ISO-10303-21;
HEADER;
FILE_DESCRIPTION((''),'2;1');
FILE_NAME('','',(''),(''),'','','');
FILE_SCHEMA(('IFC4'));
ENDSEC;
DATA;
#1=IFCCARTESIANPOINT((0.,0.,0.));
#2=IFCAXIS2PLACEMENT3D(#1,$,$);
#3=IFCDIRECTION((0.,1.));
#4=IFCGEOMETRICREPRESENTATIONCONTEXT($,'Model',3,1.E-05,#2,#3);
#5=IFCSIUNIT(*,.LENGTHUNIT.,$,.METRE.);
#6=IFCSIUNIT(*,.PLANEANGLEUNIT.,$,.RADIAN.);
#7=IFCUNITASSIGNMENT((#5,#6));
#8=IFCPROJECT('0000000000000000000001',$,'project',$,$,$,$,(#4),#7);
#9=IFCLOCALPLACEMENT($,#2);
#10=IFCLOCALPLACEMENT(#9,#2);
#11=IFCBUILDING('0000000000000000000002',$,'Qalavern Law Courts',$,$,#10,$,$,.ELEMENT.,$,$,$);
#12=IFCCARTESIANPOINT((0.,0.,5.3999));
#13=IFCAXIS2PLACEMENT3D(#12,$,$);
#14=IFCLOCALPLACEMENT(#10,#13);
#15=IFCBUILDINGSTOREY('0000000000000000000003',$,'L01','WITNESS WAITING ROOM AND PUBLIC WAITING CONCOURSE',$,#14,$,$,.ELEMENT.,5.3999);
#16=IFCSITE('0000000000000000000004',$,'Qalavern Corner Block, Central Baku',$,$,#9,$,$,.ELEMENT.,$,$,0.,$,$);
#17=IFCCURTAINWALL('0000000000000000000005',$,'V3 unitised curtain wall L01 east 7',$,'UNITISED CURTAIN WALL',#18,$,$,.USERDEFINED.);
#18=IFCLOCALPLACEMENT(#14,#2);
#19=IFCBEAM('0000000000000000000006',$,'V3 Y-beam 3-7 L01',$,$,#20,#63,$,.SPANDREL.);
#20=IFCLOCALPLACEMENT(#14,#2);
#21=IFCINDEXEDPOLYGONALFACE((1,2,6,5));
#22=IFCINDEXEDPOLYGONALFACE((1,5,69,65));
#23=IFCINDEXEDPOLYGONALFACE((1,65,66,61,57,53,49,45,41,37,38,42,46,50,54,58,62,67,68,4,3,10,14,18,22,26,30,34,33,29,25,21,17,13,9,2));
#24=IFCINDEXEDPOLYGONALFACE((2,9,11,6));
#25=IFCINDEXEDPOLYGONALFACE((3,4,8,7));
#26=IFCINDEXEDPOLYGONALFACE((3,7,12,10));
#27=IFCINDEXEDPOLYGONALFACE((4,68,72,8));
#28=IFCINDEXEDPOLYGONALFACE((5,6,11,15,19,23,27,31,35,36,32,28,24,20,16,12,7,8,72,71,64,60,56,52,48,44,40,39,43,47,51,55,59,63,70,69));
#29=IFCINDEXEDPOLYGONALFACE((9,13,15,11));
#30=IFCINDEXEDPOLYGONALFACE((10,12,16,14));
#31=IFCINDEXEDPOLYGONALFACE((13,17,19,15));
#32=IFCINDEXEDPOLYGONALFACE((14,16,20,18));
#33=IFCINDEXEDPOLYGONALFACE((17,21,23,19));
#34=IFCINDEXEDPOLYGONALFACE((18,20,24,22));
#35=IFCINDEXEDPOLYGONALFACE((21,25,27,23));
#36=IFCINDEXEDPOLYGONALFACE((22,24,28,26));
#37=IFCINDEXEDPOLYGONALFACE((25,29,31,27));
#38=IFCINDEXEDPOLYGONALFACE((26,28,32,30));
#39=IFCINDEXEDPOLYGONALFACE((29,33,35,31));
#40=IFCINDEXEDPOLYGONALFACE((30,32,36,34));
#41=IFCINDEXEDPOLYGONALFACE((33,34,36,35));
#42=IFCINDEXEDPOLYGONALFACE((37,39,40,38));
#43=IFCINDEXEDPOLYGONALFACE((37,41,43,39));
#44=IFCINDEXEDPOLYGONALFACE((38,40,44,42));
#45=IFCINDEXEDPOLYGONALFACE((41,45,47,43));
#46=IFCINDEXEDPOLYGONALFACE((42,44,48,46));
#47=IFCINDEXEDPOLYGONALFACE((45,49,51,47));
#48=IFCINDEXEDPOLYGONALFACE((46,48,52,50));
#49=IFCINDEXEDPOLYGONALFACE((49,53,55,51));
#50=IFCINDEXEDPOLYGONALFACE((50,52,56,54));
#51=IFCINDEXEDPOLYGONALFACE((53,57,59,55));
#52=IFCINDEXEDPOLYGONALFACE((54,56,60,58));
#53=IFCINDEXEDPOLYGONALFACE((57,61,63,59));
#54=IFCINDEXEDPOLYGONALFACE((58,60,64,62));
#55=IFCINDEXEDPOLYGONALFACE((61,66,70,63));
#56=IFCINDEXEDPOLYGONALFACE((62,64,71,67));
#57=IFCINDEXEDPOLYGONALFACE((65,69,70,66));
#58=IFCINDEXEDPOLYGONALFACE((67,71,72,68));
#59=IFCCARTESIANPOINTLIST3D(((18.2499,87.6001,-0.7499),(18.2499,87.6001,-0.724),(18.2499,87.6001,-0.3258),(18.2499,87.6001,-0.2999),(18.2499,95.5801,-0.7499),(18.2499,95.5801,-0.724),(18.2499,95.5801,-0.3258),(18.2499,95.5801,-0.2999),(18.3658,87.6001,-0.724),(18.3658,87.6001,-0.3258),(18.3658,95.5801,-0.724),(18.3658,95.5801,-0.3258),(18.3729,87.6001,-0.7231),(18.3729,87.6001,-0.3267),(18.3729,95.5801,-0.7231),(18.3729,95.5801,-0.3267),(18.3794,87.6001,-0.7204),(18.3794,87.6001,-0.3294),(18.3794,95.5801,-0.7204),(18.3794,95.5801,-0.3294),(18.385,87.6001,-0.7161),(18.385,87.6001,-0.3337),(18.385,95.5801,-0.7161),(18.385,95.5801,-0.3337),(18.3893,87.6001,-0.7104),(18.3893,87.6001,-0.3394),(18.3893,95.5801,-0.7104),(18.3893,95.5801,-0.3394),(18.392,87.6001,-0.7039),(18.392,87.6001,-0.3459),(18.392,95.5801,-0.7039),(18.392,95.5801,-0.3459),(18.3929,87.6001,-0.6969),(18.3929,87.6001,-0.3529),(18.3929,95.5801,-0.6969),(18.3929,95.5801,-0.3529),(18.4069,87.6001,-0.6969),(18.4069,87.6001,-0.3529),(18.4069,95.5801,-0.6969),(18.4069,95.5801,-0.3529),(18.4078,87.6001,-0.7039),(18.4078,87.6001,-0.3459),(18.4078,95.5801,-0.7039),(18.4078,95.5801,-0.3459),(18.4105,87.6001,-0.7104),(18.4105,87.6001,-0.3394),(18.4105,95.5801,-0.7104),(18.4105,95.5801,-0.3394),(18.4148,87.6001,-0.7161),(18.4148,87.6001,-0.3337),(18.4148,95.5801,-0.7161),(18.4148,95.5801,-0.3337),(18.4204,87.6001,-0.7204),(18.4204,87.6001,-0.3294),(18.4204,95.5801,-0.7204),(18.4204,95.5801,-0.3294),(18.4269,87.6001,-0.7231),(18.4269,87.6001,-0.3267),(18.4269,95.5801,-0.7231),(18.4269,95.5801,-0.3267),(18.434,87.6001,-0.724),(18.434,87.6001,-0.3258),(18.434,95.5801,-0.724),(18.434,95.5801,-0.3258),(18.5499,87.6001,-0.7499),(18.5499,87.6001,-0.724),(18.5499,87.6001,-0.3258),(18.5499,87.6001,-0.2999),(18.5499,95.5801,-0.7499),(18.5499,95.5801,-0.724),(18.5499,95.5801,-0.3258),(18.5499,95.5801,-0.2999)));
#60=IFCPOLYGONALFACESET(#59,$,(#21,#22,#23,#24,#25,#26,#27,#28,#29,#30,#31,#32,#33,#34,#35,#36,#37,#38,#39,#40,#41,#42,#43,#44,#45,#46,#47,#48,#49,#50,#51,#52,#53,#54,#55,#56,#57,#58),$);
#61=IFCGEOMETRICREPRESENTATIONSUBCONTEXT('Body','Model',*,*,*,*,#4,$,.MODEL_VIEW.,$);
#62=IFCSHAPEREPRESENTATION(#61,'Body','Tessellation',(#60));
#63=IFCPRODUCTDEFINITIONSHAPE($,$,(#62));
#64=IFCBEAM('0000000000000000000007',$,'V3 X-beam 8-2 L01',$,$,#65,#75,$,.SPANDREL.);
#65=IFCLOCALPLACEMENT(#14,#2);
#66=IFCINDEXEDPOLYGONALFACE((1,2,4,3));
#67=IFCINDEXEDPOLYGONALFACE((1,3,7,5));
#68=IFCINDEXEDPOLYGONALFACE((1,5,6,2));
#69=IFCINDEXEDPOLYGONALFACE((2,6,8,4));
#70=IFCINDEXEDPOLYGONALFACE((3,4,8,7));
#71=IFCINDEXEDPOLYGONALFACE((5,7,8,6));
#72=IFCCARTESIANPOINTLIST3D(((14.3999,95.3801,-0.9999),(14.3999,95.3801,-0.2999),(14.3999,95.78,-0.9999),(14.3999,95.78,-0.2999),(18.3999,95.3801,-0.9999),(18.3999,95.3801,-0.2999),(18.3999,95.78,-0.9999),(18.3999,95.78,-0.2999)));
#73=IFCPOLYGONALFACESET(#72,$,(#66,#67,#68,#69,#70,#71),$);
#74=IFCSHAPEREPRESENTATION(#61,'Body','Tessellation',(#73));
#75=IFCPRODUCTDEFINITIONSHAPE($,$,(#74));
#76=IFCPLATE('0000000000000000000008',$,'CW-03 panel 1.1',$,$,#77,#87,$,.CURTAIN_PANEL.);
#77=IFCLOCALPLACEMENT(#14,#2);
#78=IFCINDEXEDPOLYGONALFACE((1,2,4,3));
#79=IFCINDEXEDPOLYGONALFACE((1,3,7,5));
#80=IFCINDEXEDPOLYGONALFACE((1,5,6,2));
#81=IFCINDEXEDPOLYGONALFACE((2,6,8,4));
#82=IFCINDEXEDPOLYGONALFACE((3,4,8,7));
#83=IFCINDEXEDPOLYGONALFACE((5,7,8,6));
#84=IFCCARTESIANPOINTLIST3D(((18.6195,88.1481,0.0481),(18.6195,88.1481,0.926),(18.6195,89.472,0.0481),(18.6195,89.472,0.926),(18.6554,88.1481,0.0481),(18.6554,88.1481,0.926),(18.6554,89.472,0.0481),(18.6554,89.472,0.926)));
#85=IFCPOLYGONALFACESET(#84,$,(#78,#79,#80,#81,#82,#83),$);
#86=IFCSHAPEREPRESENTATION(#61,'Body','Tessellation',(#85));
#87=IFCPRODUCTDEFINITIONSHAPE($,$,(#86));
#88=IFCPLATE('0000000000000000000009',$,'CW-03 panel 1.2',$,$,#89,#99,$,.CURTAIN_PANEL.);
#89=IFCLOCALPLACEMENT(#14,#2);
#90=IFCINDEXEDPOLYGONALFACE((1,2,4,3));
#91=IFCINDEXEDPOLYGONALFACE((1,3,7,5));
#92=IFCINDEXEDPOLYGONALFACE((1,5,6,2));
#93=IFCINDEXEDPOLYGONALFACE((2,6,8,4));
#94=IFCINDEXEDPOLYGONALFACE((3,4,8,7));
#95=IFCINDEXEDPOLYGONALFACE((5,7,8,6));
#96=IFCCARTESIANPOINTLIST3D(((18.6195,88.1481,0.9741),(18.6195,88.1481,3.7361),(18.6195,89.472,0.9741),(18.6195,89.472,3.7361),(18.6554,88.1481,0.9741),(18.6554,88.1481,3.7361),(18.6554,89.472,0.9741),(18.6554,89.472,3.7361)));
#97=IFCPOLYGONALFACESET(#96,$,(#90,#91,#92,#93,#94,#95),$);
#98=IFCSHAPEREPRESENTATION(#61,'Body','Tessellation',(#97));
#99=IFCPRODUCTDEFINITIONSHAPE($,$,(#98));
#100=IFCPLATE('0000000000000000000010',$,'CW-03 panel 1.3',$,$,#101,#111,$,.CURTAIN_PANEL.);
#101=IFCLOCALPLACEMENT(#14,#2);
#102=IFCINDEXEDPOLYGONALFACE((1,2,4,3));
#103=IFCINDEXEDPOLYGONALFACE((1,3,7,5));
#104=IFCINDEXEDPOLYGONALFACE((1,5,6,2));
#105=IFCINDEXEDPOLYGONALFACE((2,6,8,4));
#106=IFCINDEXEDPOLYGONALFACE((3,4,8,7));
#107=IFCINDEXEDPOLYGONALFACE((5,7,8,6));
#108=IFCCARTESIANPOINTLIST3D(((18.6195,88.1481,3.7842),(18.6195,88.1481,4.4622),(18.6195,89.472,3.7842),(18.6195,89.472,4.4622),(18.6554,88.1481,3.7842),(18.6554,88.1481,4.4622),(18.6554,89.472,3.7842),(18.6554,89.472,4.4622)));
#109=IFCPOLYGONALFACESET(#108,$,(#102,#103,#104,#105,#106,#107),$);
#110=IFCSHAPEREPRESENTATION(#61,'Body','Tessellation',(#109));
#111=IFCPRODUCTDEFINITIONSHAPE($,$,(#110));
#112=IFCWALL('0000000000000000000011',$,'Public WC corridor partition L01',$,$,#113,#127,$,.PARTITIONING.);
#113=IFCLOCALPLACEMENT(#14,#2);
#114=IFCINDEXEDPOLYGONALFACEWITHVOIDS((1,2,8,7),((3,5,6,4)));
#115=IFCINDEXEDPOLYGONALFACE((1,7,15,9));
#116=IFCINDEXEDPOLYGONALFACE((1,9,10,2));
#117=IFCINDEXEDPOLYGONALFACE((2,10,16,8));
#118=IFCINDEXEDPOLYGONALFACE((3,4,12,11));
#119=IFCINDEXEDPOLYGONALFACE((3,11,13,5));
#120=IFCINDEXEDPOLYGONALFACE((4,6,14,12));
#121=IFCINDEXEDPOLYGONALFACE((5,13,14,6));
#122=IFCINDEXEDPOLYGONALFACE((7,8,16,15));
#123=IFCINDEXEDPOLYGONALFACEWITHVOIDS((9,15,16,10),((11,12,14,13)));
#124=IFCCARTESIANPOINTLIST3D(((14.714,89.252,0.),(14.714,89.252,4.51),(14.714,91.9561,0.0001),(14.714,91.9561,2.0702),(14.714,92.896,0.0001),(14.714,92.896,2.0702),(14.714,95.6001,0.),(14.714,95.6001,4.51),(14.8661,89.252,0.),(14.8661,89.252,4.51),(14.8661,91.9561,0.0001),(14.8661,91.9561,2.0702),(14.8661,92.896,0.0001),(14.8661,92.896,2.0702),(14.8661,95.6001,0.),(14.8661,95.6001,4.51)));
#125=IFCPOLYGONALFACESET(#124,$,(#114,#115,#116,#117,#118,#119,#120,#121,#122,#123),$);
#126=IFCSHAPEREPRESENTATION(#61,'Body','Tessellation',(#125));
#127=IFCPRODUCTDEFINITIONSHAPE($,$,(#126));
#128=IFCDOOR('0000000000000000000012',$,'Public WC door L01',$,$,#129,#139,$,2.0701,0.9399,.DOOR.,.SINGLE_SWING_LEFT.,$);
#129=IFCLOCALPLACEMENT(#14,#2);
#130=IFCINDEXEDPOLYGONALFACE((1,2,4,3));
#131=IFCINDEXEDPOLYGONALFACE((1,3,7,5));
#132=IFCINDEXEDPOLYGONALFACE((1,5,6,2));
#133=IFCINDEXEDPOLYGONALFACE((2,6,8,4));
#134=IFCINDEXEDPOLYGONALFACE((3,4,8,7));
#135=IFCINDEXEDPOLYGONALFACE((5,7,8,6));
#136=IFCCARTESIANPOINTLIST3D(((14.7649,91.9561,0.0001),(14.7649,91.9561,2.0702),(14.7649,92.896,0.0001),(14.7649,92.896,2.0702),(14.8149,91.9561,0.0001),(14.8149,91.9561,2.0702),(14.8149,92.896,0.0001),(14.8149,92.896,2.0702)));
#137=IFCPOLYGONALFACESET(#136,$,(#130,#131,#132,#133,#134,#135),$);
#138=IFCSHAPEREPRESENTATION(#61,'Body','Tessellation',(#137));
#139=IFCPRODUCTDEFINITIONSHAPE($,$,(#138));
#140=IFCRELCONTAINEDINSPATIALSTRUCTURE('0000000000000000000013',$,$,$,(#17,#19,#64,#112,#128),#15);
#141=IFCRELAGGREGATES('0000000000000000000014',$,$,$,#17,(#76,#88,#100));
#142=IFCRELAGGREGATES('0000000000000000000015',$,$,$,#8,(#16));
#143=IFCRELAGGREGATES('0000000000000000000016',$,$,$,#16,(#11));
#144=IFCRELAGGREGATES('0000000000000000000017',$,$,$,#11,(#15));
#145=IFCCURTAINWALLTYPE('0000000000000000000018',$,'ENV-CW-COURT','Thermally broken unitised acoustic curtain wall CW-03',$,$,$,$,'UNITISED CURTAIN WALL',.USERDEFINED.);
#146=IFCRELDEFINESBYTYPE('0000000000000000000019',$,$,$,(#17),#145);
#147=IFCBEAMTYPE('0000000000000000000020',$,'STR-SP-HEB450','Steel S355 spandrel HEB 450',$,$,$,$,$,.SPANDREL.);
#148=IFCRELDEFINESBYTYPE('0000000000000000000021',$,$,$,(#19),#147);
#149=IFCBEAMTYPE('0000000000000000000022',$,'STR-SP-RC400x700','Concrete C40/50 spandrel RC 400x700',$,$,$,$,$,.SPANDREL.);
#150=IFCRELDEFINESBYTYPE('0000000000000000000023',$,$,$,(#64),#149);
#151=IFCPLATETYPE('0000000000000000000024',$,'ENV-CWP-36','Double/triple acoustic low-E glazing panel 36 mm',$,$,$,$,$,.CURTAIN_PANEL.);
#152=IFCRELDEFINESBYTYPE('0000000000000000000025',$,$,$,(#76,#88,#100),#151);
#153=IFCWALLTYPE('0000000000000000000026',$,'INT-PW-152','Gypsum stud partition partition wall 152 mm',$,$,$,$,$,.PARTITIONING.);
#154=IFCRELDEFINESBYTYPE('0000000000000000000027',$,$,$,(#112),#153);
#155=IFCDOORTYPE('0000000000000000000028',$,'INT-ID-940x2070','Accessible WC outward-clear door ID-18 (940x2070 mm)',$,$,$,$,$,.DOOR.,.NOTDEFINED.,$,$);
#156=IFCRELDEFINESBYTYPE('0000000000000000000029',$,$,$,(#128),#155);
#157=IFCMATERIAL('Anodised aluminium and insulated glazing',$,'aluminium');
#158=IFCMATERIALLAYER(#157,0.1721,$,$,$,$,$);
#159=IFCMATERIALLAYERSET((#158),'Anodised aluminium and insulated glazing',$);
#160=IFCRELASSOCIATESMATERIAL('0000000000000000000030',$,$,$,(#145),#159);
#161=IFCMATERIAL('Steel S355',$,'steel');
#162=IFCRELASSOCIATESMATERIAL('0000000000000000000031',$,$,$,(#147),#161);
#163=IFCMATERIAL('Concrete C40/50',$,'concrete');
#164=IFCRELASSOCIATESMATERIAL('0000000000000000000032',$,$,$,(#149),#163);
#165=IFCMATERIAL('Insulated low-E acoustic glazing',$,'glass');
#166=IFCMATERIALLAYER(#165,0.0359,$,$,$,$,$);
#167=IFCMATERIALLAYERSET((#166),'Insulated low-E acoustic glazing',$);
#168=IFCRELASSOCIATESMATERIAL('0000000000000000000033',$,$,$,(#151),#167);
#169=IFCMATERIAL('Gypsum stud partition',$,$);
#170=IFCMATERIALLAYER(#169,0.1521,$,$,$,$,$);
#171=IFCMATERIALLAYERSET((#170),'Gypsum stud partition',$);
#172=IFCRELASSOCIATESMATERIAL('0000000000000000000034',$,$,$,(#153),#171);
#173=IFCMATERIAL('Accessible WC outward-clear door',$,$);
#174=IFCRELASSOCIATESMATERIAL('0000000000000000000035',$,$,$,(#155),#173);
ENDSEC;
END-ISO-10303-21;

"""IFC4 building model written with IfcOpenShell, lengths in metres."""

from ifc_helpers import new_model, si_unit, direction, frame, frame_2d, origin, origin_2d, place, context, subcontext, project, spatial, rectangle, i_section, extrude, material, layer, layer_set, material_profile, profile_set, type_object, element, fill, aggregate, save


model = new_model("IFC4")

# Units and contexts
model_context = context("Model", 3, precision=1e-05, world=origin(), true_north=direction((0.0, 1.0)))
body_context = subcontext(model_context, "Body", "Model", "MODEL_VIEW")
ifc_project = project(units=[si_unit("LENGTHUNIT", "METRE"), si_unit("PLANEANGLEUNIT", "RADIAN")], contexts=[model_context])

# Site, building, storey
site_placement = place(None, origin())
site = spatial("IfcSite", under=ifc_project, at=site_placement, Name="Qalavern Corner Block, Central Baku", CompositionType="ELEMENT", RefElevation=0.0)
building_placement = place(site_placement, origin())
building = spatial("IfcBuilding", under=site, at=building_placement, Name="Qalavern Law Courts", CompositionType="ELEMENT")
storey_placement = place(building_placement, frame((0.0, 0.0, 5.3999)))
storey = spatial("IfcBuildingStorey", under=building, at=storey_placement, Name="L01", Description="WITNESS WAITING ROOM AND PUBLIC WAITING CONCOURSE", CompositionType="ELEMENT", Elevation=5.3999)

# Curtain wall
ifc_material_1 = material(Name="Anodised aluminium and insulated glazing", Category="aluminium")
ifc_layer_1 = layer(ifc_material_1, 0.1721)
ifc_layer_set_1 = layer_set([ifc_layer_1], Name="Anodised aluminium and insulated glazing")
curtain_wall_type = type_object("IfcCurtainWallType", Name="ENV-CW-COURT", Description="Thermally broken unitised acoustic curtain wall CW-03", ElementType="UNITISED CURTAIN WALL", PredefinedType="USERDEFINED", material=ifc_layer_set_1)
curtain_wall_1_placement = place(storey_placement, origin())
curtain_wall_1 = element("IfcCurtainWall", 1, at=curtain_wall_1_placement, inside=storey, type_object=curtain_wall_type, Name="V3 unitised curtain wall L01 east 7", ObjectType="UNITISED CURTAIN WALL", PredefinedType="USERDEFINED")

# Beams
ifc_material_2 = material(Name="Steel S355", Category="steel")
ifc_material_profile_1 = material_profile(ifc_material_2, i_section(OverallWidth=0.3, OverallDepth=0.45, WebThickness=0.0139, FlangeThickness=0.0259, FilletRadius=0.0271, at=origin_2d()), Name="HEB 450")
ifc_profile_set_1 = profile_set([ifc_material_profile_1], Name="Steel S355")
beam_type_1 = type_object("IfcBeamType", Name="STR-SP-HEB450", Description="Steel S355 spandrel HEB 450", PredefinedType="SPANDREL", material=ifc_profile_set_1)
beam_1_placement = place(storey_placement, frame((18.3999, 87.6001, -0.5249), z_axis=(0.0, 1.0, 0.0), x_axis=(-1.0, 0.0, 0.0)))
element("IfcBeam", 2, at=beam_1_placement, inside=storey, type_object=beam_type_1, Name="V3 Y-beam 3-7 L01", PredefinedType="SPANDREL", context=body_context, shape_type="SweptSolid", body=[
    extrude(i_section(OverallWidth=0.3, OverallDepth=0.45, WebThickness=0.0139, FlangeThickness=0.0259, FilletRadius=0.0271, at=origin_2d()), origin(), (0.0, 0.0, 1.0), 7.98),
])
ifc_material_3 = material(Name="Concrete C40/50", Category="concrete")
ifc_material_profile_2 = material_profile(ifc_material_3, rectangle(XDim=0.3999, YDim=0.7, at=origin_2d()), Name="RC 400x700")
ifc_profile_set_2 = profile_set([ifc_material_profile_2], Name="Concrete C40/50")
beam_type_2 = type_object("IfcBeamType", Name="STR-SP-RC400x700", Description="Concrete C40/50 spandrel RC 400x700", PredefinedType="SPANDREL", material=ifc_profile_set_2)
beam_2_placement = place(storey_placement, frame((14.3999, 95.5801, -0.6499), z_axis=(1.0, 0.0, 0.0), x_axis=(0.0, 1.0, 0.0)))
element("IfcBeam", 3, at=beam_2_placement, inside=storey, type_object=beam_type_2, Name="V3 X-beam 8-2 L01", PredefinedType="SPANDREL", context=body_context, shape_type="SweptSolid", body=[
    extrude(rectangle(XDim=0.3999, YDim=0.7, at=origin_2d()), origin(), (0.0, 0.0, 1.0), 4.0),
])

# Plates
ifc_material_4 = material(Name="Insulated low-E acoustic glazing", Category="glass")
ifc_layer_2 = layer(ifc_material_4, 0.0359)
ifc_layer_set_2 = layer_set([ifc_layer_2], Name="Insulated low-E acoustic glazing")
plate_type = type_object("IfcPlateType", Name="ENV-CWP-36", Description="Double/triple acoustic low-E glazing panel 36 mm", PredefinedType="CURTAIN_PANEL", material=ifc_layer_set_2)
plate_1_placement = place(storey_placement, frame((18.6375, 88.8101, 0.0481), z_axis=(0.0, 0.0, 1.0), x_axis=(0.0, 1.0, 0.0)))
plate_1 = element("IfcPlate", 4, at=plate_1_placement, type_object=plate_type, Name="CW-03 panel 1.1", PredefinedType="CURTAIN_PANEL", context=body_context, shape_type="SweptSolid", body=[
    extrude(rectangle(XDim=1.324, YDim=0.0359, at=origin_2d()), origin(), (0.0, 0.0, 1.0), 0.8779),
])
plate_2_placement = place(storey_placement, frame((18.6375, 88.8101, 0.9741), z_axis=(0.0, 0.0, 1.0), x_axis=(0.0, 1.0, 0.0)))
plate_2 = element("IfcPlate", 5, at=plate_2_placement, type_object=plate_type, Name="CW-03 panel 1.2", PredefinedType="CURTAIN_PANEL", context=body_context, shape_type="SweptSolid", body=[
    extrude(rectangle(XDim=1.324, YDim=0.0359, at=origin_2d()), origin(), (0.0, 0.0, 1.0), 2.762),
])
plate_3_placement = place(storey_placement, frame((18.6375, 88.8101, 3.7842), z_axis=(0.0, 0.0, 1.0), x_axis=(0.0, 1.0, 0.0)))
plate_3 = element("IfcPlate", 6, at=plate_3_placement, type_object=plate_type, Name="CW-03 panel 1.3", PredefinedType="CURTAIN_PANEL", context=body_context, shape_type="SweptSolid", body=[
    extrude(rectangle(XDim=1.324, YDim=0.0359, at=origin_2d()), origin(), (0.0, 0.0, 1.0), 0.678),
])
aggregate(curtain_wall_1, [plate_1, plate_2, plate_3])

# Wall, opening, door
ifc_material_5 = material(Name="Gypsum stud partition")
ifc_layer_3 = layer(ifc_material_5, 0.1521)
ifc_layer_set_3 = layer_set([ifc_layer_3], Name="Gypsum stud partition")
wall_type = type_object("IfcWallType", Name="INT-PW-152", Description="Gypsum stud partition partition wall 152 mm", PredefinedType="PARTITIONING", material=ifc_layer_set_3)
wall_placement = place(storey_placement, frame((14.79, 89.252, 0.0), z_axis=(0.0, 0.0, 1.0), x_axis=(0.0, 1.0, 0.0)))
wall = element("IfcWall", 7, at=wall_placement, inside=storey, type_object=wall_type, Name="Public WC corridor partition L01", PredefinedType="PARTITIONING", context=body_context, shape_type="SweptSolid", body=[
    extrude(rectangle(XDim=6.3481, YDim=0.1521, at=frame_2d((3.1741, 0.0))), origin(), (0.0, 0.0, 1.0), 4.51),
])
opening_placement = place(wall_placement, frame((2.7041, 0.0, 0.0)))
opening = element("IfcOpeningElement", 8, at=opening_placement, cuts=wall, PredefinedType="OPENING", context=body_context, shape_type="SweptSolid", body=[
    extrude(rectangle(XDim=0.9399, YDim=2.0701, at=frame_2d((0.47, 1.0352))), frame((0.0, 0.0908, 0.0), z_axis=(0.0, -1.0, 0.0), x_axis=(1.0, 0.0, 0.0)), (0.0, 0.0, 1.0), 0.1819),
])
ifc_material_6 = material(Name="Accessible WC outward-clear door")
door_type = type_object("IfcDoorType", Name="INT-ID-940x2070", Description="Accessible WC outward-clear door ID-18 (940x2070 mm)", OperationType="NOTDEFINED", PredefinedType="DOOR", material=ifc_material_6)
door_placement = place(opening_placement, frame((0.9399, 0.0, 0.0), z_axis=(0.0, 0.0, 1.0), x_axis=(-1.0, 0.0, 0.0)))
door = element("IfcDoor", 9, at=door_placement, inside=storey, type_object=door_type, Name="Public WC door L01", OperationType="SINGLE_SWING_LEFT", OverallHeight=2.0701, OverallWidth=0.9399, PredefinedType="DOOR", context=body_context, shape_type="SweptSolid", body=[
    extrude(rectangle(XDim=0.9399, YDim=2.0701, at=frame_2d((0.47, 1.0352))), frame((0.0, 0.0249, 0.0), z_axis=(0.0, -1.0, 0.0), x_axis=(1.0, 0.0, 0.0)), (0.0, 0.0, 1.0), 0.05),
])
fill(opening, door)

save(model, "model.ifc")
